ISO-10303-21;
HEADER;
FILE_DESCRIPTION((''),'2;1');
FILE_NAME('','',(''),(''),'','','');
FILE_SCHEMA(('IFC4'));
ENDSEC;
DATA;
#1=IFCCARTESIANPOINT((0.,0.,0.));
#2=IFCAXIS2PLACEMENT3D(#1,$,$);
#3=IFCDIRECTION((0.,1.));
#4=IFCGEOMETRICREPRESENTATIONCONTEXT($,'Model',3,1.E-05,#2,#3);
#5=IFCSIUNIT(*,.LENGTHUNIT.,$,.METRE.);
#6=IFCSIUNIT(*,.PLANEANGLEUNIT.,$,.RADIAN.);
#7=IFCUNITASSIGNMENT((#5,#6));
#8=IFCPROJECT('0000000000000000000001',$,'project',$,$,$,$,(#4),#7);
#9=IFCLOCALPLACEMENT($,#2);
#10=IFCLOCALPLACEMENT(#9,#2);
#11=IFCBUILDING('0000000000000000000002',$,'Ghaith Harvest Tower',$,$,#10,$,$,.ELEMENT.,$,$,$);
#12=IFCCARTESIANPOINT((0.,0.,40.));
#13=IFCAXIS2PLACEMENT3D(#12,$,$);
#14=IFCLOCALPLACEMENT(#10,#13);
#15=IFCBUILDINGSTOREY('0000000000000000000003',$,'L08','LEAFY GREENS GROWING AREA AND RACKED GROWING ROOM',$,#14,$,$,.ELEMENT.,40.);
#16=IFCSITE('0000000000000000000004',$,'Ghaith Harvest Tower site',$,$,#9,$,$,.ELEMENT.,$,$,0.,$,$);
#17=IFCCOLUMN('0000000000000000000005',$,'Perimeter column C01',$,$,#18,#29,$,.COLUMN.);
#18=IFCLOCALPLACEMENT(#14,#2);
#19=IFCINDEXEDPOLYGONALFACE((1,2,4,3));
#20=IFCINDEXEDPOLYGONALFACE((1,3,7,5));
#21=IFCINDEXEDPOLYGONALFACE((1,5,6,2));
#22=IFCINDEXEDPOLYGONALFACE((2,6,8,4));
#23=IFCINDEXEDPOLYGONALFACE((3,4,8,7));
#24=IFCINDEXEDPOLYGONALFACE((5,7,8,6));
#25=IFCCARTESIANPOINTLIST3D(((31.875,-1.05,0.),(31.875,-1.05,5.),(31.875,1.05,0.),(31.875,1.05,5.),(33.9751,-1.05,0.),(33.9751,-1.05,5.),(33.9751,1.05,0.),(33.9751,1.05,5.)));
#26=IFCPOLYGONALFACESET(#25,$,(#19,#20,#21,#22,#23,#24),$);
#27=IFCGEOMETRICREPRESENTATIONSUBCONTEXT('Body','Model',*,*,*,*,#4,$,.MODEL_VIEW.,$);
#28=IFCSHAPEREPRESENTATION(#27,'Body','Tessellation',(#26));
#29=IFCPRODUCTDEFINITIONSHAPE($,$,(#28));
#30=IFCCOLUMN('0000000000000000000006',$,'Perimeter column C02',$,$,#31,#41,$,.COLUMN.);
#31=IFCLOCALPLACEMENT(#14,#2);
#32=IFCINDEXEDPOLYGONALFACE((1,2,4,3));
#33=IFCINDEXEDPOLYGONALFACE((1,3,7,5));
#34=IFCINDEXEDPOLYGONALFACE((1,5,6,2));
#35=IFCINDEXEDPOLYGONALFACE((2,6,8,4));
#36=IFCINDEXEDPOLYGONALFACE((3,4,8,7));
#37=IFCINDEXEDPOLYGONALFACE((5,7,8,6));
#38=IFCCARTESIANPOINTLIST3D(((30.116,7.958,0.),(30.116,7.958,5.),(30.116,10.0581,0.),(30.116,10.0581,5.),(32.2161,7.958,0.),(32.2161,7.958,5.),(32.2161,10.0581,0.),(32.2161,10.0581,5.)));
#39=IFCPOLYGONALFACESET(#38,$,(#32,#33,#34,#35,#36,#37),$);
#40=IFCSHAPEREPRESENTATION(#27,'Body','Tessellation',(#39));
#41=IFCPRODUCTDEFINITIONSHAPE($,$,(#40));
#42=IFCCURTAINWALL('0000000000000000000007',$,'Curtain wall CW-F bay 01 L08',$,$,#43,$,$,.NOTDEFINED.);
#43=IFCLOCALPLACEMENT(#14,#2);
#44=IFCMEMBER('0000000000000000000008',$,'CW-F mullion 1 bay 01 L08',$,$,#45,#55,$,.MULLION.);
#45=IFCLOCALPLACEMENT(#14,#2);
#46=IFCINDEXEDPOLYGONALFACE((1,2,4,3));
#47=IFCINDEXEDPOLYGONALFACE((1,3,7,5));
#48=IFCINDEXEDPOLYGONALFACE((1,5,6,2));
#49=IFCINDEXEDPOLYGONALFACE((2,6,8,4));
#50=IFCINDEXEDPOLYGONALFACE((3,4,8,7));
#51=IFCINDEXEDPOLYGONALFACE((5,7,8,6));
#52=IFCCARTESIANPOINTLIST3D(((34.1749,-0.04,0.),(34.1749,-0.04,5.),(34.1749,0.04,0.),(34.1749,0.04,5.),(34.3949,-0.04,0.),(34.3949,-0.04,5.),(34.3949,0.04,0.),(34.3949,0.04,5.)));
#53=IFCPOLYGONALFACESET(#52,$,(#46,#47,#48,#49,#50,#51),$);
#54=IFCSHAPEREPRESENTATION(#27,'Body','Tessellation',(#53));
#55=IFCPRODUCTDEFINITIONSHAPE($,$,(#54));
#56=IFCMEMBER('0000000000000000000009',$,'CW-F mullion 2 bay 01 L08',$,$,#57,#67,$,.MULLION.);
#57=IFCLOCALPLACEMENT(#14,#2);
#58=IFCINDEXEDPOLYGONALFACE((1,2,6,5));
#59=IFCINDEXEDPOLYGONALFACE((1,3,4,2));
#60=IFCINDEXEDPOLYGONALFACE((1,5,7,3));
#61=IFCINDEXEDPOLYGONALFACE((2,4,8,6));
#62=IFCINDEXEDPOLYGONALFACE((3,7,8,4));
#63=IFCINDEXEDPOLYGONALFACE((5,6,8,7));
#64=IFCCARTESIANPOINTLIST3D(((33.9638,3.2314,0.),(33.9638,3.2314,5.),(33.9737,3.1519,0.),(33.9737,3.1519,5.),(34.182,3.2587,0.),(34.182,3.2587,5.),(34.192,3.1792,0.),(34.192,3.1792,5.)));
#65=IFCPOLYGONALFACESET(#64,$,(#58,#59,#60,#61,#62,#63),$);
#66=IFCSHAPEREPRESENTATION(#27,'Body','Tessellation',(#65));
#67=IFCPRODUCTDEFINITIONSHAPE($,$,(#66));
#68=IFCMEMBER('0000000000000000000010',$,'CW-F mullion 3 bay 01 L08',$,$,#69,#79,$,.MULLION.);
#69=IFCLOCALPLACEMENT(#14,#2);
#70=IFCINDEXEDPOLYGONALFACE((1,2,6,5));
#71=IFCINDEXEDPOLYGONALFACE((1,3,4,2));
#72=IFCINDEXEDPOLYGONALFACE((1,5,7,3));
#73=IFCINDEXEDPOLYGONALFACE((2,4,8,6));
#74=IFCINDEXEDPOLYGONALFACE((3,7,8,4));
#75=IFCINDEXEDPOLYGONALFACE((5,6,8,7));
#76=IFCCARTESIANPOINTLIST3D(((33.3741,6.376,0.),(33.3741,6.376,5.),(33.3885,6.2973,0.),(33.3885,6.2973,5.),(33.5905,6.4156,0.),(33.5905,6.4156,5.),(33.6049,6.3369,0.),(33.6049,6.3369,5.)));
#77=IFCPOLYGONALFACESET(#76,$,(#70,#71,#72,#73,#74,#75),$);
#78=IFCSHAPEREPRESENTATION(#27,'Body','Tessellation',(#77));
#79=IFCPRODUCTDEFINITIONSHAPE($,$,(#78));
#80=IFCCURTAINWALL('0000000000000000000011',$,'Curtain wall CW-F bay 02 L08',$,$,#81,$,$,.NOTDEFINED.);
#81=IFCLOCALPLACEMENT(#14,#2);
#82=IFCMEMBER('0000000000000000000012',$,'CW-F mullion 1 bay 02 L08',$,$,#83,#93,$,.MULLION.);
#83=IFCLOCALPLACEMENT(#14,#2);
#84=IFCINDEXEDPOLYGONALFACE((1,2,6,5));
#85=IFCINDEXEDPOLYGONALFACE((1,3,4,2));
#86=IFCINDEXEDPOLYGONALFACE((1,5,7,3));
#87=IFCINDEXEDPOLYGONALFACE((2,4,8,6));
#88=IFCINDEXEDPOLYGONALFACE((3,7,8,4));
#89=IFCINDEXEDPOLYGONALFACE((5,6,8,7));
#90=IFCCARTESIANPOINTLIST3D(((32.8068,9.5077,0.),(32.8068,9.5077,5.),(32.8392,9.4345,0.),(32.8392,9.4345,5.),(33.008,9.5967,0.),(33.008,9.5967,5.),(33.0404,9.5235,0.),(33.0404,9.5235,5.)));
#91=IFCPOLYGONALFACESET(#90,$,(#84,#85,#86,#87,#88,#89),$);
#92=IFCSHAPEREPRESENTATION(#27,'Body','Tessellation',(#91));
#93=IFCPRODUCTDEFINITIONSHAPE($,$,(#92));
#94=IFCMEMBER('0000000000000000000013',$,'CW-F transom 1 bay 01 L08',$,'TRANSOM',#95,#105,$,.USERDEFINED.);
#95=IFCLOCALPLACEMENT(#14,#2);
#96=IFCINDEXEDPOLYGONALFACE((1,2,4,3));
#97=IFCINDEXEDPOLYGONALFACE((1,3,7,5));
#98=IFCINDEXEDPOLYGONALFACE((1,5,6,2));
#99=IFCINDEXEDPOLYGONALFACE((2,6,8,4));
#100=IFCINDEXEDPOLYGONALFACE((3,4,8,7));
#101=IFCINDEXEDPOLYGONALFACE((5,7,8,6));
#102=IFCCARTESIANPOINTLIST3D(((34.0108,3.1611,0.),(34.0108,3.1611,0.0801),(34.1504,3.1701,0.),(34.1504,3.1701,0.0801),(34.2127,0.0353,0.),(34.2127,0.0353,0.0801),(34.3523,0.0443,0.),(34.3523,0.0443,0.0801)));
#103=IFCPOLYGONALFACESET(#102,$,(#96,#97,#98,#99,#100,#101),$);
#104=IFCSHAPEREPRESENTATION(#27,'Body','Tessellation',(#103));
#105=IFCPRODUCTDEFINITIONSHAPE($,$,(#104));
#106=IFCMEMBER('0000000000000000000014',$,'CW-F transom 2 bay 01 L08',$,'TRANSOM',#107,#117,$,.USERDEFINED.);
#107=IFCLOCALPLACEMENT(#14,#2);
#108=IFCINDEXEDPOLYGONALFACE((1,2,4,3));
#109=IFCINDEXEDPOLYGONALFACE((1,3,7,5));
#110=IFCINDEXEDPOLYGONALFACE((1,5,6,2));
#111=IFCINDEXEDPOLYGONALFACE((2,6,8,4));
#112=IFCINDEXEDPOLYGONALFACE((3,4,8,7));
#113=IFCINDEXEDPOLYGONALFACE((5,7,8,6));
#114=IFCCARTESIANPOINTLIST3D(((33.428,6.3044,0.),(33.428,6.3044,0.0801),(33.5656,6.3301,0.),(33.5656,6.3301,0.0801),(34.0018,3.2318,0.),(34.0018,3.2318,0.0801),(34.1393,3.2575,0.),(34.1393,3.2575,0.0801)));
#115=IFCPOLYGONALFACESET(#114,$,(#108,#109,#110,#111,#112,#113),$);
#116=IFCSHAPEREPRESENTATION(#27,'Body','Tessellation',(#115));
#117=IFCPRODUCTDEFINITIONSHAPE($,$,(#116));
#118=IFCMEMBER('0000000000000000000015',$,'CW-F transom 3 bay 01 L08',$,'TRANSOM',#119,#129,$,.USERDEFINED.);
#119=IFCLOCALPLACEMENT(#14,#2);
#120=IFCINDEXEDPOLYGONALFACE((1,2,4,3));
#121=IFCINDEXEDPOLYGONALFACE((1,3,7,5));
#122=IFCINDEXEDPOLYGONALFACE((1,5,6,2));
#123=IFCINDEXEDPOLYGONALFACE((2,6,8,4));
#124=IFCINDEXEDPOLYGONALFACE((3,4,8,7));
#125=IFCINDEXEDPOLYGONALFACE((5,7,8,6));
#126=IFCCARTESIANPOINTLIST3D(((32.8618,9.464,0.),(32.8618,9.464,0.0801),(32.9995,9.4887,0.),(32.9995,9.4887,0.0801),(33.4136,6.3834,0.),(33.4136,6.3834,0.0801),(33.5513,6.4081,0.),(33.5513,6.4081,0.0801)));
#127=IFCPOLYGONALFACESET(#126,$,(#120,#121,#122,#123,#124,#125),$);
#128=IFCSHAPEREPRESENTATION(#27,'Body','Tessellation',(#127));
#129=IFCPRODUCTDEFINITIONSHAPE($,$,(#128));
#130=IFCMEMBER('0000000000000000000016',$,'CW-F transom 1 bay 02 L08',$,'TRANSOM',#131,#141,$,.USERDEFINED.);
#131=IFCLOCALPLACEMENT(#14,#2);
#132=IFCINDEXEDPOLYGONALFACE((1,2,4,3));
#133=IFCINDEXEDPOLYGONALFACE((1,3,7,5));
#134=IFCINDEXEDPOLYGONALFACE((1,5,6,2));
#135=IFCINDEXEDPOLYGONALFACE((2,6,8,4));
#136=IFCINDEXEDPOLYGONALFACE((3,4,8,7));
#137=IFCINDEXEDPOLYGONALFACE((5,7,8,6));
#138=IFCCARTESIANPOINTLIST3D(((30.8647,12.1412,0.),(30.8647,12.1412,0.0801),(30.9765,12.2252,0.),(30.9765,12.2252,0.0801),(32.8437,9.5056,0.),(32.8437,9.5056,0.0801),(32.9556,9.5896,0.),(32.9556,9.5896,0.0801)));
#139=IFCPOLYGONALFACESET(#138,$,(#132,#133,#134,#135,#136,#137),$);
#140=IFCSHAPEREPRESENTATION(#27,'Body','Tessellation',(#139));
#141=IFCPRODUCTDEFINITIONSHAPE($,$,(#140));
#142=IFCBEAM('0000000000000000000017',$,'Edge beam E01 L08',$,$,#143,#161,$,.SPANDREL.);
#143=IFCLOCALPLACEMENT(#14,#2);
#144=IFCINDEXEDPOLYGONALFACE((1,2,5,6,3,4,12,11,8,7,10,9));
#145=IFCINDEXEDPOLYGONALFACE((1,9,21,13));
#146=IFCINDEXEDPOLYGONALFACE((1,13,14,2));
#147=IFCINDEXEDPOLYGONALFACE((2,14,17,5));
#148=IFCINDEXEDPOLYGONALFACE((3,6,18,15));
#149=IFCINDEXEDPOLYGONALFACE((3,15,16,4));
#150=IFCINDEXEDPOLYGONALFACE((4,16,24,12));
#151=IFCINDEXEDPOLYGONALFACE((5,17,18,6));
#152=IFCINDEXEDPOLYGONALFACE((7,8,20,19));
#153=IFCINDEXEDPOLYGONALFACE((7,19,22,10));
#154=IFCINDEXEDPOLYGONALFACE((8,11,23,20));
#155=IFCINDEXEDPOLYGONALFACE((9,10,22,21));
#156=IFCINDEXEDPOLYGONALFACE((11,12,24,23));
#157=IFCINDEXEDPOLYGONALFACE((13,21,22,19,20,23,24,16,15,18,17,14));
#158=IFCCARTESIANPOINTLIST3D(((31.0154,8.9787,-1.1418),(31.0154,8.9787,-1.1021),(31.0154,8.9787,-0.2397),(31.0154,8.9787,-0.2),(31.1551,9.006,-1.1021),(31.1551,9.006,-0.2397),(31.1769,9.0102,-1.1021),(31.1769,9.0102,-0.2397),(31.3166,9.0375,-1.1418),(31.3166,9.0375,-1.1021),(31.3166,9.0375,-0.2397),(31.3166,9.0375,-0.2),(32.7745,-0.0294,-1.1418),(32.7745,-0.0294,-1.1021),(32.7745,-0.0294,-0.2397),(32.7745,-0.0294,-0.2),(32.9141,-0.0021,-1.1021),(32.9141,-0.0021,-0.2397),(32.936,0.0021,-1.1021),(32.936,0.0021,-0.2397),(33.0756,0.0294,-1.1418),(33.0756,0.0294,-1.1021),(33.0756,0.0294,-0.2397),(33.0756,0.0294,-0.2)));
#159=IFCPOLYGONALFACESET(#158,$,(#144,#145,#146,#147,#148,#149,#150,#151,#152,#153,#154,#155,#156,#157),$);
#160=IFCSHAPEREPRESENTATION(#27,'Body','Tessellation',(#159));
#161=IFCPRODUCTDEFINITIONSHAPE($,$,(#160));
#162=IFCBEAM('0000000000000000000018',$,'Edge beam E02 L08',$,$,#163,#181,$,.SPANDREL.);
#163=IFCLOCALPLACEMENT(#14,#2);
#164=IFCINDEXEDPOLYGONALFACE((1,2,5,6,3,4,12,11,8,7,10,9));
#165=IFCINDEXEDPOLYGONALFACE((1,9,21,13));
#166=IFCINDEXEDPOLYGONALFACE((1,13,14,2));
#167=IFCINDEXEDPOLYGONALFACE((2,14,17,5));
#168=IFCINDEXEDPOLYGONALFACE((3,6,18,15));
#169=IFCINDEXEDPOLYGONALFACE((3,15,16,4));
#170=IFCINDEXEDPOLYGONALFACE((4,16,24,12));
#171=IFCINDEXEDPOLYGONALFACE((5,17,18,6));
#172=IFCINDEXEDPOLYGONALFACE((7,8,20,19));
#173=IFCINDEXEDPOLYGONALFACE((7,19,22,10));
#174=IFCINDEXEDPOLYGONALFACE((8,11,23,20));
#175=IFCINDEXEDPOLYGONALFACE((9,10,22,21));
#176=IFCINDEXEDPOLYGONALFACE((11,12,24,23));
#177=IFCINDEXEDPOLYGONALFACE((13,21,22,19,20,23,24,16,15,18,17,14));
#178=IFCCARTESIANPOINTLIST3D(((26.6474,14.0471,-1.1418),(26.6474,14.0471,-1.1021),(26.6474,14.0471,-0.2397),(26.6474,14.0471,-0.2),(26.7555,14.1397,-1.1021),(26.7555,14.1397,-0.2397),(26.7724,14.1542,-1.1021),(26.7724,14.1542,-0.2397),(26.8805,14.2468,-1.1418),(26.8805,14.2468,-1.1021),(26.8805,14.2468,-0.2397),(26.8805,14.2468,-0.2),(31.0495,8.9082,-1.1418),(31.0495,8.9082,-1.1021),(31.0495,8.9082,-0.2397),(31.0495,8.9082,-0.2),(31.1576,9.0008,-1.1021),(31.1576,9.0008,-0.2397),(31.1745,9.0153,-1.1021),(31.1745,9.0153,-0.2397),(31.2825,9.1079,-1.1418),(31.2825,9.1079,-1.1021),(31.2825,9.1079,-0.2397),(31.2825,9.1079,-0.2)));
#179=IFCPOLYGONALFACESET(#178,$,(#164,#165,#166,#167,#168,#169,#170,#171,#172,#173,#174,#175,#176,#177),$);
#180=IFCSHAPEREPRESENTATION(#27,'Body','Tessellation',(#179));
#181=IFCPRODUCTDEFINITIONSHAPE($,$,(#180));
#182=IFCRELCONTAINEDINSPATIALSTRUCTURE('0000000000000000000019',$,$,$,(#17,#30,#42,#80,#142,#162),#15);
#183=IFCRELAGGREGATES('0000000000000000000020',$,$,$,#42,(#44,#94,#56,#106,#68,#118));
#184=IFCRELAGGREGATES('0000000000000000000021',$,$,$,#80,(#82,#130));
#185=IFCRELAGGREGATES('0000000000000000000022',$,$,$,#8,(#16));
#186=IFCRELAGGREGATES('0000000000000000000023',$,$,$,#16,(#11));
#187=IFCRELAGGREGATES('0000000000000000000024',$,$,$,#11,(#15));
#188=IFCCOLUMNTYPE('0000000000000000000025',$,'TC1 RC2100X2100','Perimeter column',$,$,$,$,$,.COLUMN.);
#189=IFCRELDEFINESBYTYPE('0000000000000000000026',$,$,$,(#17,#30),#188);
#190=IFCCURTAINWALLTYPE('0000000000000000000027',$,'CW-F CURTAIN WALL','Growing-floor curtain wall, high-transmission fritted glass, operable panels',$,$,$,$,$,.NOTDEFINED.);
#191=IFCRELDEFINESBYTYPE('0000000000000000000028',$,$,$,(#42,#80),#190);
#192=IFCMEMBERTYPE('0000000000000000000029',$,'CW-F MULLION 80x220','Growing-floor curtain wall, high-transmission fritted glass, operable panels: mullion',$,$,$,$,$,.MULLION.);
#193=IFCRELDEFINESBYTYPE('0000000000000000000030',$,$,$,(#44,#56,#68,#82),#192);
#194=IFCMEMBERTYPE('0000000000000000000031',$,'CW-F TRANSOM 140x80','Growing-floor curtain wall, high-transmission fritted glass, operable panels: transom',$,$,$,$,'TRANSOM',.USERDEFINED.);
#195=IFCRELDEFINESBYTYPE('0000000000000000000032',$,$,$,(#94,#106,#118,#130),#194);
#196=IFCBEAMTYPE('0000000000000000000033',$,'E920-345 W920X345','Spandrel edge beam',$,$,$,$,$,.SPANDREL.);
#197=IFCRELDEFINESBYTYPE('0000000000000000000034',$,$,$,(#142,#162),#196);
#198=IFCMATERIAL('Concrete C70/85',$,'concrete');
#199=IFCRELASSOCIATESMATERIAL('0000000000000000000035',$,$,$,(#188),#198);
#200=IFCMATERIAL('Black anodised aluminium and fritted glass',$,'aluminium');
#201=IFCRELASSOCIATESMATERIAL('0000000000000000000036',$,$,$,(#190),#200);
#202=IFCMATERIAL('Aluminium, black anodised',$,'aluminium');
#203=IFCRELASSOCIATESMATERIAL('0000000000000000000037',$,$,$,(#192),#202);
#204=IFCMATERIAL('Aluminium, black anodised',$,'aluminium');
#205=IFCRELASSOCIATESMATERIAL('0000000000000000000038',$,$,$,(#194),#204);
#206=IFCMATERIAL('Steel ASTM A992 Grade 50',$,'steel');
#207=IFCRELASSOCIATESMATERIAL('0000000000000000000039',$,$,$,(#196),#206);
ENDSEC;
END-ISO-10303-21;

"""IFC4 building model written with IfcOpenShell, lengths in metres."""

from ifc_helpers import new_model, si_unit, direction, frame, origin, origin_2d, place, context, subcontext, project, spatial, rectangle, i_section, extrude, material, material_profile, profile_set, type_object, element, aggregate, save


model = new_model("IFC4")

# Units and contexts
model_context = context("Model", 3, precision=1e-05, world=origin(), true_north=direction((0.0, 1.0)))
body_context = subcontext(model_context, "Body", "Model", "MODEL_VIEW")
ifc_project = project(units=[si_unit("LENGTHUNIT", "METRE"), si_unit("PLANEANGLEUNIT", "RADIAN")], contexts=[model_context])

# Site, building, storey
site_placement = place(None, origin())
site = spatial("IfcSite", under=ifc_project, at=site_placement, Name="Ghaith Harvest Tower site", CompositionType="ELEMENT", RefElevation=0.0)
building_placement = place(site_placement, origin())
building = spatial("IfcBuilding", under=site, at=building_placement, Name="Ghaith Harvest Tower", CompositionType="ELEMENT")
storey_placement = place(building_placement, frame((0.0, 0.0, 40.0)))
storey = spatial("IfcBuildingStorey", under=building, at=storey_placement, Name="L08", Description="LEAFY GREENS GROWING AREA AND RACKED GROWING ROOM", CompositionType="ELEMENT", Elevation=40.0)

# Columns
ifc_material_1 = material(Name="Concrete C70/85", Category="concrete")
ifc_material_profile_1 = material_profile(ifc_material_1, rectangle(XDim=2.1001, YDim=2.1001, at=origin_2d()), Name="RC2100X2100")
ifc_profile_set_1 = profile_set([ifc_material_profile_1], Name="Concrete C70/85")
column_type = type_object("IfcColumnType", Name="TC1 RC2100X2100", Description="Perimeter column", PredefinedType="COLUMN", material=ifc_profile_set_1)
for number, where, z_axis, x_axis, name in (
    (1, (32.925, 0.0, 0.0), (0.0, 0.0, 1.0), (1.0, 0.0, 0.0), "Perimeter column C01"),
    (2, (31.166, 9.0081, 0.0), (0.0, 0.0, 1.0), (1.0, 0.0, 0.0), "Perimeter column C02"),
):
    element("IfcColumn", number, at=place(storey_placement, frame(where, z_axis=z_axis, x_axis=x_axis)), inside=storey, type_object=column_type, Name=name, PredefinedType="COLUMN", context=body_context, shape_type="SweptSolid", body=[
        extrude(rectangle(XDim=2.1001, YDim=2.1001, at=origin_2d()), origin(), (0.0, 0.0, 1.0), 5.0),
    ])

# Curtain wall, members
ifc_material_2 = material(Name="Black anodised aluminium and fritted glass", Category="aluminium")
curtain_wall_type = type_object("IfcCurtainWallType", Name="CW-F CURTAIN WALL", Description="Growing-floor curtain wall, high-transmission fritted glass, operable panels", PredefinedType="NOTDEFINED", material=ifc_material_2)
curtain_wall_1_placement = place(storey_placement, origin())
curtain_wall_1 = element("IfcCurtainWall", 3, at=curtain_wall_1_placement, inside=storey, type_object=curtain_wall_type, Name="Curtain wall CW-F bay 01 L08", PredefinedType="NOTDEFINED")
ifc_material_3 = material(Name="Aluminium, black anodised", Category="aluminium")
ifc_material_profile_2 = material_profile(ifc_material_3, rectangle(XDim=0.0801, YDim=0.22, at=origin_2d()), Name="CW-F MULLION 80x220")
ifc_profile_set_2 = profile_set([ifc_material_profile_2], Name="Aluminium, black anodised")
member_type_1 = type_object("IfcMemberType", Name="CW-F MULLION 80x220", Description="Growing-floor curtain wall, high-transmission fritted glass, operable panels: mullion", PredefinedType="MULLION", material=ifc_profile_set_2)
member_1_placement = place(storey_placement, frame((34.2849, 0.0, 0.0), z_axis=(0.0, 0.0, 1.0), x_axis=(0.0, 1.0, 0.0)))
member_1 = element("IfcMember", 4, at=member_1_placement, type_object=member_type_1, Name="CW-F mullion 1 bay 01 L08", PredefinedType="MULLION", context=body_context, shape_type="SweptSolid", body=[
    extrude(rectangle(XDim=0.0801, YDim=0.22, at=origin_2d()), origin(), (0.0, 0.0, 1.0), 5.0),
])
member_2_placement = place(storey_placement, frame((34.0779, 3.2053, 0.0), z_axis=(0.0, 0.0, 1.0), x_axis=(-0.12417, 0.992261, 0.0)))
member_2 = element("IfcMember", 5, at=member_2_placement, type_object=member_type_1, Name="CW-F mullion 2 bay 01 L08", PredefinedType="MULLION", context=body_context, shape_type="SweptSolid", body=[
    extrude(rectangle(XDim=0.0801, YDim=0.22, at=origin_2d()), origin(), (0.0, 0.0, 1.0), 5.0),
])
member_3_placement = place(storey_placement, frame((33.4895, 6.3564, 0.0), z_axis=(0.0, 0.0, 1.0), x_axis=(-0.179943, 0.983677, 0.0)))
member_3 = element("IfcMember", 6, at=member_3_placement, type_object=member_type_1, Name="CW-F mullion 3 bay 01 L08", PredefinedType="MULLION", context=body_context, shape_type="SweptSolid", body=[
    extrude(rectangle(XDim=0.0801, YDim=0.22, at=origin_2d()), origin(), (0.0, 0.0, 1.0), 5.0),
])

# Curtain wall, member
curtain_wall_2_placement = place(storey_placement, origin())
curtain_wall_2 = element("IfcCurtainWall", 7, at=curtain_wall_2_placement, inside=storey, type_object=curtain_wall_type, Name="Curtain wall CW-F bay 02 L08", PredefinedType="NOTDEFINED")
member_4_placement = place(storey_placement, frame((32.9236, 9.5156, 0.0), z_axis=(0.0, 0.0, 1.0), x_axis=(-0.404702, 0.914449, 0.0)))
member_4 = element("IfcMember", 8, at=member_4_placement, type_object=member_type_1, Name="CW-F mullion 1 bay 02 L08", PredefinedType="MULLION", context=body_context, shape_type="SweptSolid", body=[
    extrude(rectangle(XDim=0.0801, YDim=0.22, at=origin_2d()), origin(), (0.0, 0.0, 1.0), 5.0),
])

# Members
ifc_material_4 = material(Name="Aluminium, black anodised", Category="aluminium")
ifc_material_profile_3 = material_profile(ifc_material_4, rectangle(XDim=0.1399, YDim=0.0801, at=origin_2d()), Name="CW-F TRANSOM 140x80")
ifc_profile_set_3 = profile_set([ifc_material_profile_3], Name="Aluminium, black anodised")
member_type_2 = type_object("IfcMemberType", Name="CW-F TRANSOM 140x80", Description="Growing-floor curtain wall, high-transmission fritted glass, operable panels: transom", ElementType="TRANSOM", PredefinedType="USERDEFINED", material=ifc_profile_set_3)
member_5_placement = place(storey_placement, frame((34.2825, 0.0398, 0.04), z_axis=(-0.06446, 0.99792, 0.0), x_axis=(-0.99792, -0.06446, 0.0)))
member_5 = element("IfcMember", 9, at=member_5_placement, type_object=member_type_2, Name="CW-F transom 1 bay 01 L08", ObjectType="TRANSOM", PredefinedType="USERDEFINED", context=body_context, shape_type="SweptSolid", body=[
    extrude(rectangle(XDim=0.1399, YDim=0.0801, at=origin_2d()), origin(), (0.0, 0.0, 1.0), 3.1323),
])
member_6_placement = place(storey_placement, frame((34.0706, 3.2446, 0.04), z_axis=(-0.183557, 0.983009, 0.0), x_axis=(-0.983009, -0.183557, 0.0)))
member_6 = element("IfcMember", 10, at=member_6_placement, type_object=member_type_2, Name="CW-F transom 2 bay 01 L08", ObjectType="TRANSOM", PredefinedType="USERDEFINED", context=body_context, shape_type="SweptSolid", body=[
    extrude(rectangle(XDim=0.1399, YDim=0.0801, at=origin_2d()), origin(), (0.0, 0.0, 1.0), 3.1257),
])
member_7_placement = place(storey_placement, frame((33.4824, 6.3958, 0.04), z_axis=(-0.176304, 0.984336, 0.0), x_axis=(-0.984336, -0.176304, 0.0)))
member_7 = element("IfcMember", 11, at=member_7_placement, type_object=member_type_2, Name="CW-F transom 3 bay 01 L08", ObjectType="TRANSOM", PredefinedType="USERDEFINED", context=body_context, shape_type="SweptSolid", body=[
    extrude(rectangle(XDim=0.1399, YDim=0.0801, at=origin_2d()), origin(), (0.0, 0.0, 1.0), 3.1296),
])
member_8_placement = place(storey_placement, frame((32.8997, 9.5476, 0.04), z_axis=(-0.600462, 0.799653, 0.0), x_axis=(-0.799653, -0.600462, 0.0)))
member_8 = element("IfcMember", 12, at=member_8_placement, type_object=member_type_2, Name="CW-F transom 1 bay 02 L08", ObjectType="TRANSOM", PredefinedType="USERDEFINED", context=body_context, shape_type="SweptSolid", body=[
    extrude(rectangle(XDim=0.1399, YDim=0.0801, at=origin_2d()), origin(), (0.0, 0.0, 1.0), 3.2959),
])

# Beams
ifc_material_5 = material(Name="Steel ASTM A992 Grade 50", Category="steel")
ifc_material_profile_4 = material_profile(ifc_material_5, i_section(OverallWidth=0.3069, OverallDepth=0.9419, WebThickness=0.0222, FlangeThickness=0.0398, at=origin_2d()), Name="W920X345")
ifc_profile_set_4 = profile_set([ifc_material_profile_4], Name="Steel ASTM A992 Grade 50")
beam_type_1 = type_object("IfcBeamType", Name="E920-345 W920X345", Description="Spandrel edge beam", PredefinedType="SPANDREL", material=ifc_profile_set_4)
beam_1_placement = place(storey_placement, frame((32.925, 0.0, -0.6709), z_axis=(-0.191653, 0.981463, 0.0), x_axis=(-0.981463, -0.191653, 0.0)))
element("IfcBeam", 13, at=beam_1_placement, inside=storey, type_object=beam_type_1, Name="Edge beam E01 L08", PredefinedType="SPANDREL", context=body_context, shape_type="SweptSolid", body=[
    extrude(i_section(OverallWidth=0.3069, OverallDepth=0.9419, WebThickness=0.0222, FlangeThickness=0.0398, at=origin_2d()), origin(), (0.0, 0.0, 1.0), 9.1782),
])
beam_2_placement = place(storey_placement, frame((31.166, 9.0081, -0.6709), z_axis=(-0.650563, 0.759453, 0.0), x_axis=(-0.759453, -0.650563, 0.0)))
element("IfcBeam", 14, at=beam_2_placement, inside=storey, type_object=beam_type_1, Name="Edge beam E02 L08", PredefinedType="SPANDREL", context=body_context, shape_type="SweptSolid", body=[
    extrude(i_section(OverallWidth=0.3069, OverallDepth=0.9419, WebThickness=0.0222, FlangeThickness=0.0398, at=origin_2d()), origin(), (0.0, 0.0, 1.0), 6.7666),
])

aggregate(curtain_wall_1, [member_1, member_5, member_2, member_6, member_3, member_7])
aggregate(curtain_wall_2, [member_4, member_8])

save(model, "model.ifc")
